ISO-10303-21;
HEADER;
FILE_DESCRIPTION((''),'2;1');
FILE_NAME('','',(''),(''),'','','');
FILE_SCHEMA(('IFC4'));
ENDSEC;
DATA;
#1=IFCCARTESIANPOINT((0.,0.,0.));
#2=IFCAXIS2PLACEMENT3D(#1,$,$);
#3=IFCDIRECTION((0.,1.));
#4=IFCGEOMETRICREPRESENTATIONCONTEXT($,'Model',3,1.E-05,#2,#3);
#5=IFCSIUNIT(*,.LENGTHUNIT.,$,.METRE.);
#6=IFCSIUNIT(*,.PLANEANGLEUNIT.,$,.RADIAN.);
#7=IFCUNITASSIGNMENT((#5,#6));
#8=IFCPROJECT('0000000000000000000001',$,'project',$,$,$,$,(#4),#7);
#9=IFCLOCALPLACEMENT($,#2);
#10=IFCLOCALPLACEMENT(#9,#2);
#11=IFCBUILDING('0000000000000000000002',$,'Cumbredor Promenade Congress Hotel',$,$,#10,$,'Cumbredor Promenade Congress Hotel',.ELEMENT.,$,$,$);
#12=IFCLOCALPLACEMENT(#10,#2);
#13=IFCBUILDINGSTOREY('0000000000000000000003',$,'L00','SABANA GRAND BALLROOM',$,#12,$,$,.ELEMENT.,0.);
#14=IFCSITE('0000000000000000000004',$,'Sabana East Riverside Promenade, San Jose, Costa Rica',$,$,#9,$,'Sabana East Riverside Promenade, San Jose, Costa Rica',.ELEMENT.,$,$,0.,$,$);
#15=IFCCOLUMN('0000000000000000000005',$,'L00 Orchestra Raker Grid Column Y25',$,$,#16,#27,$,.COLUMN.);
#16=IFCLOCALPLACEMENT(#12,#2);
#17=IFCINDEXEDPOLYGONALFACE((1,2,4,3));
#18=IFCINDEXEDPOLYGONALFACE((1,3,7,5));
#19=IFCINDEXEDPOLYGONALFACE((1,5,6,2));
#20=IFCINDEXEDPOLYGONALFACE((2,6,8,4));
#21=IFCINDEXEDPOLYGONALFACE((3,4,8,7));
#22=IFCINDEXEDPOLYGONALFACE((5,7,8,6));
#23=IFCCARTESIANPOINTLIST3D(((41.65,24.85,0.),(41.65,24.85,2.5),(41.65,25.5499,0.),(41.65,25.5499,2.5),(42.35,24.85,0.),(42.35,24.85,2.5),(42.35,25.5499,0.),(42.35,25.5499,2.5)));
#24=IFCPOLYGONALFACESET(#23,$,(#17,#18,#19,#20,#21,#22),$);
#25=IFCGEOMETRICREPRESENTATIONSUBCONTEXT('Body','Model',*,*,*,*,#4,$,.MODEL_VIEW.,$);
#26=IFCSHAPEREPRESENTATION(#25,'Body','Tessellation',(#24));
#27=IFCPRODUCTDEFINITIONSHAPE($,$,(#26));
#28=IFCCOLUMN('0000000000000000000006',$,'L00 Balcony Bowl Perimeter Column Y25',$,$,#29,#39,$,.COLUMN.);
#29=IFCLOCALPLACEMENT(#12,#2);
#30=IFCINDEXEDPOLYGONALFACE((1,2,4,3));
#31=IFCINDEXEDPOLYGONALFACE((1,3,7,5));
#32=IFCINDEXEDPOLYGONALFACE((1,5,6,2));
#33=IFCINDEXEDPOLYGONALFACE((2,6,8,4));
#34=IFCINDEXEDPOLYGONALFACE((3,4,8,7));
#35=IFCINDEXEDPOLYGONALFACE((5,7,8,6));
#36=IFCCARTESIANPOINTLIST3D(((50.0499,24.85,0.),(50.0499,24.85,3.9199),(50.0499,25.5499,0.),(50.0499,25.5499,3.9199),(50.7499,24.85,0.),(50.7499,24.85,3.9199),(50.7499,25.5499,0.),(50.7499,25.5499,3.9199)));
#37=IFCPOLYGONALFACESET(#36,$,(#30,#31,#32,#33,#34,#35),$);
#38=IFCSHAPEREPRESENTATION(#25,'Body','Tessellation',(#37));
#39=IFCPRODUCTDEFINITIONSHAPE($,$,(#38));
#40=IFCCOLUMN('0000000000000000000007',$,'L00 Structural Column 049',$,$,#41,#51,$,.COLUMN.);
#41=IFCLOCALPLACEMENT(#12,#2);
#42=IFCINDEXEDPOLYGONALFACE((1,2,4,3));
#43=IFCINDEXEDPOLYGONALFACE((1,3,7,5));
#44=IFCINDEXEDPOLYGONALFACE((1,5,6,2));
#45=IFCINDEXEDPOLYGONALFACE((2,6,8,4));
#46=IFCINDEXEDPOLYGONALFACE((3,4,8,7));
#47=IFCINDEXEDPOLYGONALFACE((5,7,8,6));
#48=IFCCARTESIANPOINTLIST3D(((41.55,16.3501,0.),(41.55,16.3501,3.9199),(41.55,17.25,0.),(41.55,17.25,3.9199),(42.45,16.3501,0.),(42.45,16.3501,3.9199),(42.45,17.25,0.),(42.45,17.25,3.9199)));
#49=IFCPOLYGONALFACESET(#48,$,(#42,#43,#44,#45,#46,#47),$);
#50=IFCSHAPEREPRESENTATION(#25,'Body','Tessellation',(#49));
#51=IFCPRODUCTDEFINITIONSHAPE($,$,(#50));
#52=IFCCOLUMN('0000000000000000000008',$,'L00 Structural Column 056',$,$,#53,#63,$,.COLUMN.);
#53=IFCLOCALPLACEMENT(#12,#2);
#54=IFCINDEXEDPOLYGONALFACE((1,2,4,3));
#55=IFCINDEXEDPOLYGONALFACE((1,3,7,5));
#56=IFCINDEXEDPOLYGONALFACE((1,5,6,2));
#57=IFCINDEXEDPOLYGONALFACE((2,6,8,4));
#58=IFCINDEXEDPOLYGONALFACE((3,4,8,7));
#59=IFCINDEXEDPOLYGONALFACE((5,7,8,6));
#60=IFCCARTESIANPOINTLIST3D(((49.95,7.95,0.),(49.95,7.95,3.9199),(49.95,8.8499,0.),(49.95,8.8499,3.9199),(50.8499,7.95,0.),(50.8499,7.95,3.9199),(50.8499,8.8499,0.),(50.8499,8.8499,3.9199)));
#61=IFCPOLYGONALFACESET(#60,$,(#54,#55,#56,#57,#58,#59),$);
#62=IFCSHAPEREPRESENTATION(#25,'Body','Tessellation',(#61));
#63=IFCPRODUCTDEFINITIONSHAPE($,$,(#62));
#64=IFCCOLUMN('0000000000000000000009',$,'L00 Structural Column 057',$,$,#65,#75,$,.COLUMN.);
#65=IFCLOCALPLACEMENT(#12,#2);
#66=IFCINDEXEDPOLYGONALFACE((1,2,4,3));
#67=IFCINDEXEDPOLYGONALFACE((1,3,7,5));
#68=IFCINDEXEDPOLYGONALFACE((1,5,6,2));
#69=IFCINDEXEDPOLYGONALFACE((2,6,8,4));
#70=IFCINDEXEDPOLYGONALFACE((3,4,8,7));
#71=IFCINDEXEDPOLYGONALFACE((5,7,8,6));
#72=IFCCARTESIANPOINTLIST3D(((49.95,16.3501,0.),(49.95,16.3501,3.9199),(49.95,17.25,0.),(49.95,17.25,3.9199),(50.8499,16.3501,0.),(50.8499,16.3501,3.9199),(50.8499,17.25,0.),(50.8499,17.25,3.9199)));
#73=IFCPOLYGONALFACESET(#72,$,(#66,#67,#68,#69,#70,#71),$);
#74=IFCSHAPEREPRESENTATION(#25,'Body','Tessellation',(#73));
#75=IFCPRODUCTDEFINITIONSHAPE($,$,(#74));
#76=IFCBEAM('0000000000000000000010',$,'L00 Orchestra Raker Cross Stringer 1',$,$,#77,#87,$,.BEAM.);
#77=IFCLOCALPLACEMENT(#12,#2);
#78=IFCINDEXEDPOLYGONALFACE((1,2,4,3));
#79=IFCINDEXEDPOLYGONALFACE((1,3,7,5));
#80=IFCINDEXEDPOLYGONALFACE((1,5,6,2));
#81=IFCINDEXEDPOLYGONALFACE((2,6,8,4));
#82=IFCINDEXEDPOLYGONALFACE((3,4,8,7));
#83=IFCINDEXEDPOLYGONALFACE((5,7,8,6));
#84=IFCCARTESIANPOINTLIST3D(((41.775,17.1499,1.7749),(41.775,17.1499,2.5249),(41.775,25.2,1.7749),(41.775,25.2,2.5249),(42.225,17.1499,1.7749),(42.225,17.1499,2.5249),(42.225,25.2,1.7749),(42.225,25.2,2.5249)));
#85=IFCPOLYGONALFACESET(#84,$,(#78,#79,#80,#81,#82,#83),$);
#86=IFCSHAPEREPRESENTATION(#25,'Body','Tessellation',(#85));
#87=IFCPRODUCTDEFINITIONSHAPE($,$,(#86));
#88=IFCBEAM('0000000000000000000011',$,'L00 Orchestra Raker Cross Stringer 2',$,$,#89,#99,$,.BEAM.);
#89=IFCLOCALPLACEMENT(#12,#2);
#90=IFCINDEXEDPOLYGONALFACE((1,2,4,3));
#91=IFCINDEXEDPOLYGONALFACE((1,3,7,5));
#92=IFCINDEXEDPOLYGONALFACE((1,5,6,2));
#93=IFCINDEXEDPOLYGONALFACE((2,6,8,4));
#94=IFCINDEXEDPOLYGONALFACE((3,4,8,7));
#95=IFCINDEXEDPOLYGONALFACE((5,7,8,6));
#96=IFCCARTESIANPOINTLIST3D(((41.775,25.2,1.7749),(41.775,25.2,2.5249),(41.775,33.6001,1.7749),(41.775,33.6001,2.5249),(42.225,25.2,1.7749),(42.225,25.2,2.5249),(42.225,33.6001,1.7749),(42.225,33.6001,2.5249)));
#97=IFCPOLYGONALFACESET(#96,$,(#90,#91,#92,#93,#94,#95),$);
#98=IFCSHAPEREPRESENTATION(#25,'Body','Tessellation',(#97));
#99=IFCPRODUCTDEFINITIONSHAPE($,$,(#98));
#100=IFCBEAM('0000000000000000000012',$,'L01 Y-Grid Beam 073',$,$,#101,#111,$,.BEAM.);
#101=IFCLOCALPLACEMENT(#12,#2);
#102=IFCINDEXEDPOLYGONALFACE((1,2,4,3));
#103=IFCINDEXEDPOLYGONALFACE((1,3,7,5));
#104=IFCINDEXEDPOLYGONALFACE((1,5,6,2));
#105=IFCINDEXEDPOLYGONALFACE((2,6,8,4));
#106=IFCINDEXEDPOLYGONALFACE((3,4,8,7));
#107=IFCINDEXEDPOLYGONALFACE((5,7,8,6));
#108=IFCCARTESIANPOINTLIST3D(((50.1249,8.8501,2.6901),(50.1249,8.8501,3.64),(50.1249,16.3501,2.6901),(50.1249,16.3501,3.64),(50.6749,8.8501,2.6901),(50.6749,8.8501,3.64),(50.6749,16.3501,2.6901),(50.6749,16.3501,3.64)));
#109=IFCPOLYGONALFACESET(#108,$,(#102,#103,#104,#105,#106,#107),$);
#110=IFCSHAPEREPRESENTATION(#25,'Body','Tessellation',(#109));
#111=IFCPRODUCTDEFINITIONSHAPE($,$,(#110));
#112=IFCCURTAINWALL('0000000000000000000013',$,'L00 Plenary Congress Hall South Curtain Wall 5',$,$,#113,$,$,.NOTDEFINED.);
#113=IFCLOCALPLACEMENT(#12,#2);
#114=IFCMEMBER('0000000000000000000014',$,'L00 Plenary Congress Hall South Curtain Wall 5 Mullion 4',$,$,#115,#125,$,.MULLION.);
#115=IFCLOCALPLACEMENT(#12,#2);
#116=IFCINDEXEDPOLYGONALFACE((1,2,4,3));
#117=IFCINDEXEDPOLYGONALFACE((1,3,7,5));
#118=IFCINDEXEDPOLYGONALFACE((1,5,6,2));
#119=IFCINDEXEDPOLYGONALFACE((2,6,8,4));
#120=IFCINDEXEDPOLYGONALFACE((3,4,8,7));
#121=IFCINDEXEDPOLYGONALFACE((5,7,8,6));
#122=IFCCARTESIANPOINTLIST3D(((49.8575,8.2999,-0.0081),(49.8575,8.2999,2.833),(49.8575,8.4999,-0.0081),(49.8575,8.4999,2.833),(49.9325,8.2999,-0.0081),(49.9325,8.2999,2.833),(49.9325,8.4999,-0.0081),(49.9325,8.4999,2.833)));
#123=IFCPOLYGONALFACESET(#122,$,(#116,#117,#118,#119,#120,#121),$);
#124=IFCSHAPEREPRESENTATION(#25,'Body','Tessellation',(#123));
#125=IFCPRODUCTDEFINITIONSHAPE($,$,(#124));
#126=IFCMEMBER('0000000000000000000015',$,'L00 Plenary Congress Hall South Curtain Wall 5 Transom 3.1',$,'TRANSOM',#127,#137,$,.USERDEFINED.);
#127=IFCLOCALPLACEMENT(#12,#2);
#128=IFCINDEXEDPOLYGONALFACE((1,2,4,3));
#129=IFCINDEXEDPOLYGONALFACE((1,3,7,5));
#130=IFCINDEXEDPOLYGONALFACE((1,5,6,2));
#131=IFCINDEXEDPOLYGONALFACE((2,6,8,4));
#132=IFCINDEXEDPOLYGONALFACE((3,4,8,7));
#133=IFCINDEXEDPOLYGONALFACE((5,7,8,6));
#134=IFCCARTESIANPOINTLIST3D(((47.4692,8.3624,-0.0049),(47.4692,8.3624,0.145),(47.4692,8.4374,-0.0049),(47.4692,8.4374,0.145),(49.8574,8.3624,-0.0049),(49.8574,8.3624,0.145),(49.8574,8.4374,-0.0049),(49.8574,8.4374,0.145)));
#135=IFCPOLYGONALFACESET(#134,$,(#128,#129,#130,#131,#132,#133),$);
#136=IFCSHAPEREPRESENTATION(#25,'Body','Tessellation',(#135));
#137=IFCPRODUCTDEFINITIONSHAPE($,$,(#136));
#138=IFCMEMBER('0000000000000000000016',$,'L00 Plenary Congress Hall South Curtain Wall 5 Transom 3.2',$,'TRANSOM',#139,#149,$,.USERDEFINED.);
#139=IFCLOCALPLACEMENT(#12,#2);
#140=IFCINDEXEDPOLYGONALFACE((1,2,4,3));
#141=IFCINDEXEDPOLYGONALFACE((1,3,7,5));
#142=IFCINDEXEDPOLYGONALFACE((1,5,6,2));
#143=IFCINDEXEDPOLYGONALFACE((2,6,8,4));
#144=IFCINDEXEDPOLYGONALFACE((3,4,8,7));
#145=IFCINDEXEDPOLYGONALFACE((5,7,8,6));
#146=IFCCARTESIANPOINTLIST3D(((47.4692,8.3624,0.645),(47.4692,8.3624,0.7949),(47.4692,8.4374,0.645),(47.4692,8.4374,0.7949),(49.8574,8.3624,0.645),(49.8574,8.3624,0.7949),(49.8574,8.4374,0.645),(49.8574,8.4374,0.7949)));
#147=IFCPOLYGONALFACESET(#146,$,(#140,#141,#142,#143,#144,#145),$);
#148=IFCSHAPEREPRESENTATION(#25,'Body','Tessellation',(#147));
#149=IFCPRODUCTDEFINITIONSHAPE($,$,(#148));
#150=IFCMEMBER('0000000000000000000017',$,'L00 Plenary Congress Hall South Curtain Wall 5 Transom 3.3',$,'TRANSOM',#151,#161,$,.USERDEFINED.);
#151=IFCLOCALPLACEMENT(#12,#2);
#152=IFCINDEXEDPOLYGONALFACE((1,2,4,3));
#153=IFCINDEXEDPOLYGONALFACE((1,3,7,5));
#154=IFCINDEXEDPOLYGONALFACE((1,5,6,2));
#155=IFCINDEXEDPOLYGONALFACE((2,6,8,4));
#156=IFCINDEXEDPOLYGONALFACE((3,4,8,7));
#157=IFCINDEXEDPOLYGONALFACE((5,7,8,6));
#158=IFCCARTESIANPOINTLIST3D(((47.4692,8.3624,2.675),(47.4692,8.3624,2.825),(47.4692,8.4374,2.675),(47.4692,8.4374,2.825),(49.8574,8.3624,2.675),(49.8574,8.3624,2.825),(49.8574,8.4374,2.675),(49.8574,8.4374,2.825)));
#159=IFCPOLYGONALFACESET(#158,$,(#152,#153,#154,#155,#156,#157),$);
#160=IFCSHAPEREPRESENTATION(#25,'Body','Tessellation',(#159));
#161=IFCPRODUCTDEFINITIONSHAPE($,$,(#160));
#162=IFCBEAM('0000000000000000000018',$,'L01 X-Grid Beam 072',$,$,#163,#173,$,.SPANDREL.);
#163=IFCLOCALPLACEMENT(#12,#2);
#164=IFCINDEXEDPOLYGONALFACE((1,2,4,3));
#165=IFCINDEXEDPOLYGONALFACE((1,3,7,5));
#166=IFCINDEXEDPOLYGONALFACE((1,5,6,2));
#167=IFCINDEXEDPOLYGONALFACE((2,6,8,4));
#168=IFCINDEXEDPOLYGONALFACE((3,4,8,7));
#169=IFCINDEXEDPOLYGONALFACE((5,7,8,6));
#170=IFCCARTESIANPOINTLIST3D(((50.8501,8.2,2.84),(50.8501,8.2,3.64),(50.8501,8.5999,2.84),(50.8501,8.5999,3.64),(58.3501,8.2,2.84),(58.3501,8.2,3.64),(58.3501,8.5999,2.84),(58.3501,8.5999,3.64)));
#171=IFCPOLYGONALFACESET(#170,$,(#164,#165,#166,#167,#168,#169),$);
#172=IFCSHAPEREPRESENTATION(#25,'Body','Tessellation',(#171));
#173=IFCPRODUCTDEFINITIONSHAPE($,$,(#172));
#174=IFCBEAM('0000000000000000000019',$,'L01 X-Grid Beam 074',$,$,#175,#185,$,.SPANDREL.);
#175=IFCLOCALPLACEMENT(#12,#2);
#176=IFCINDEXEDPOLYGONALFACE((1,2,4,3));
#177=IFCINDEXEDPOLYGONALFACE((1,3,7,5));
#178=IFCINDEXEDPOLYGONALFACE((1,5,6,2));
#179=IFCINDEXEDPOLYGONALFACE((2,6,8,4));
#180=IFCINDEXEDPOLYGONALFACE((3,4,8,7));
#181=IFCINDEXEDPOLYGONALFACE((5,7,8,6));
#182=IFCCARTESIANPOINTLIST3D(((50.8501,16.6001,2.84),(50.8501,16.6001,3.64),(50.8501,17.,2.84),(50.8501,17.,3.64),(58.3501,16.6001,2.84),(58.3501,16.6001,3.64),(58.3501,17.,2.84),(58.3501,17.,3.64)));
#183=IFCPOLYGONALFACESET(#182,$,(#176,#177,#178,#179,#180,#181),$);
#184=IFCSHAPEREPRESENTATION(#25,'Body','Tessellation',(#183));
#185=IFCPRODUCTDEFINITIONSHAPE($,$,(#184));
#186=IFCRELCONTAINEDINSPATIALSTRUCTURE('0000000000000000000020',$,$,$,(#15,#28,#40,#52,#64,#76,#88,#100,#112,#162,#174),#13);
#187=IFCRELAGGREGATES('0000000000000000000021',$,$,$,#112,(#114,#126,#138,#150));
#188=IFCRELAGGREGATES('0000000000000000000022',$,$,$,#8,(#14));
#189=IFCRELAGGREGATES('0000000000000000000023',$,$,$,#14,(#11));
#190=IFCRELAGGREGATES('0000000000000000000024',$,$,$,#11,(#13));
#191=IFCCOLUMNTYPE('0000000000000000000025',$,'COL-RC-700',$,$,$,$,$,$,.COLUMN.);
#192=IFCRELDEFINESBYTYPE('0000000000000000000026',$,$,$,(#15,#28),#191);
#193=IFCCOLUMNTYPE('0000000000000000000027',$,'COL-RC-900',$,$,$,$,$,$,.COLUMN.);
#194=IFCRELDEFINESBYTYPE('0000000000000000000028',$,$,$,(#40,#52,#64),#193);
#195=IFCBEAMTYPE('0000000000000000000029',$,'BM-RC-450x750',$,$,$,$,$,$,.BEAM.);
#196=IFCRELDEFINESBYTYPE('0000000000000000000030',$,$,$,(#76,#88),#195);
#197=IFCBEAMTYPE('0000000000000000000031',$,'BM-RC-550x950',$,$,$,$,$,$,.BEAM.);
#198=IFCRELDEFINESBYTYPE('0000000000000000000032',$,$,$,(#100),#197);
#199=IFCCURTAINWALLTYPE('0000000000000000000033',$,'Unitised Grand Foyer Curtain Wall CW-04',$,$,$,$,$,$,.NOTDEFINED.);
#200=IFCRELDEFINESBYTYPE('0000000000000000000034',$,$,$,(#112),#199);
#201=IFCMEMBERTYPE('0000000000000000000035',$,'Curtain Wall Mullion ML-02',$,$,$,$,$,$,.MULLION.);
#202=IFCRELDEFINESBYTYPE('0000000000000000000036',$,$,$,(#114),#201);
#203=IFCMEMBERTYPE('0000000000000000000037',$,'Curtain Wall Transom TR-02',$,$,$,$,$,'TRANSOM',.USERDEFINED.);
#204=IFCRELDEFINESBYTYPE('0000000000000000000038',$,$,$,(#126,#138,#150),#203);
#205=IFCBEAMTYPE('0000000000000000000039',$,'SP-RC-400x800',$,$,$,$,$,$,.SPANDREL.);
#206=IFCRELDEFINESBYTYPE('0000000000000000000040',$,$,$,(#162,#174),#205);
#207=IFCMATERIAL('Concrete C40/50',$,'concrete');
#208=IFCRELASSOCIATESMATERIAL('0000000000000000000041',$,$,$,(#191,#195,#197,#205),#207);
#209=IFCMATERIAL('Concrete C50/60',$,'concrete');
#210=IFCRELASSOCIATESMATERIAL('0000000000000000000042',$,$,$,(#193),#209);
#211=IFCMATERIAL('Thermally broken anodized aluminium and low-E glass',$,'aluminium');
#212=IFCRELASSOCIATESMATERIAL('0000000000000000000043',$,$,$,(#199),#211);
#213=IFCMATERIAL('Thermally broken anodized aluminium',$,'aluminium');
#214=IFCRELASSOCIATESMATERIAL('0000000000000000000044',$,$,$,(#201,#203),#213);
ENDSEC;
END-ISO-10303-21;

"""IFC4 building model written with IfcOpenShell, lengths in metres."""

from ifc_helpers import new_model, si_unit, direction, frame, origin, origin_2d, place, context, subcontext, project, spatial, rectangle, extrude, material, material_profile, profile_set, type_object, element, aggregate, save


model = new_model("IFC4")

# Units and contexts
model_context = context("Model", 3, precision=1e-05, world=origin(), true_north=direction((0.0, 1.0)))
body_context = subcontext(model_context, "Body", "Model", "MODEL_VIEW")
ifc_project = project(units=[si_unit("LENGTHUNIT", "METRE"), si_unit("PLANEANGLEUNIT", "RADIAN")], contexts=[model_context])

# Site, building, storey
site_placement = place(None, origin())
site = spatial("IfcSite", under=ifc_project, at=site_placement, Name="Sabana East Riverside Promenade, San Jose, Costa Rica", LongName="Sabana East Riverside Promenade, San Jose, Costa Rica", CompositionType="ELEMENT", RefElevation=0.0)
building_placement = place(site_placement, origin())
building = spatial("IfcBuilding", under=site, at=building_placement, Name="Cumbredor Promenade Congress Hotel", LongName="Cumbredor Promenade Congress Hotel", CompositionType="ELEMENT")
storey_placement = place(building_placement, origin())
storey = spatial("IfcBuildingStorey", under=building, at=storey_placement, Name="L00", Description="SABANA GRAND BALLROOM", CompositionType="ELEMENT", Elevation=0.0)

# Columns
ifc_material_1 = material(Name="Concrete C40/50", Category="concrete")
ifc_material_profile_1 = material_profile(ifc_material_1, rectangle(XDim=0.7, YDim=0.7, at=origin_2d()), Name="RC 700x700")
ifc_profile_set_1 = profile_set([ifc_material_profile_1], Name="Concrete C40/50")
column_type_1 = type_object("IfcColumnType", Name="COL-RC-700", PredefinedType="COLUMN", material=ifc_profile_set_1)
column_1_placement = place(storey_placement, frame((42.0, 25.2, 0.0), z_axis=(0.0, 0.0, 1.0), x_axis=(1.0, 0.0, 0.0)))
element("IfcColumn", 1, at=column_1_placement, inside=storey, type_object=column_type_1, Name="L00 Orchestra Raker Grid Column Y25", PredefinedType="COLUMN", context=body_context, shape_type="SweptSolid", body=[
    extrude(rectangle(XDim=0.7, YDim=0.7, at=origin_2d()), origin(), (0.0, 0.0, 1.0), 2.5),
])
column_2_placement = place(storey_placement, frame((50.3999, 25.2, 0.0), z_axis=(0.0, 0.0, 1.0), x_axis=(1.0, 0.0, 0.0)))
element("IfcColumn", 2, at=column_2_placement, inside=storey, type_object=column_type_1, Name="L00 Balcony Bowl Perimeter Column Y25", PredefinedType="COLUMN", context=body_context, shape_type="SweptSolid", body=[
    extrude(rectangle(XDim=0.7, YDim=0.7, at=origin_2d()), origin(), (0.0, 0.0, 1.0), 3.9199),
])
ifc_material_2 = material(Name="Concrete C50/60", Category="concrete")
ifc_material_profile_2 = material_profile(ifc_material_2, rectangle(XDim=0.8999, YDim=0.8999, at=origin_2d()), Name="RC 900x900")
ifc_profile_set_2 = profile_set([ifc_material_profile_2], Name="Concrete C50/60")
column_type_2 = type_object("IfcColumnType", Name="COL-RC-900", PredefinedType="COLUMN", material=ifc_profile_set_2)
for number, where, z_axis, x_axis, name in (
    (3, (42.0, 16.8, 0.0), (0.0, 0.0, 1.0), (1.0, 0.0, 0.0), "L00 Structural Column 049"),
    (4, (50.3999, 8.3999, 0.0), (0.0, 0.0, 1.0), (1.0, 0.0, 0.0), "L00 Structural Column 056"),
    (5, (50.3999, 16.8, 0.0), (0.0, 0.0, 1.0), (1.0, 0.0, 0.0), "L00 Structural Column 057"),
):
    element("IfcColumn", number, at=place(storey_placement, frame(where, z_axis=z_axis, x_axis=x_axis)), inside=storey, type_object=column_type_2, Name=name, PredefinedType="COLUMN", context=body_context, shape_type="SweptSolid", body=[
        extrude(rectangle(XDim=0.8999, YDim=0.8999, at=origin_2d()), origin(), (0.0, 0.0, 1.0), 3.9199),
    ])

# Beams
ifc_material_profile_3 = material_profile(ifc_material_1, rectangle(XDim=0.45, YDim=0.75, at=origin_2d()), Name="RC BEAM 450x750")
ifc_profile_set_3 = profile_set([ifc_material_profile_3], Name="Concrete C40/50")
beam_type_1 = type_object("IfcBeamType", Name="BM-RC-450x750", PredefinedType="BEAM", material=ifc_profile_set_3)
beam_1_placement = place(storey_placement, frame((42.0, 17.1499, 2.1499), z_axis=(0.0, 1.0, 0.0), x_axis=(-1.0, 0.0, 0.0)))
element("IfcBeam", 6, at=beam_1_placement, inside=storey, type_object=beam_type_1, Name="L00 Orchestra Raker Cross Stringer 1", PredefinedType="BEAM", context=body_context, shape_type="SweptSolid", body=[
    extrude(rectangle(XDim=0.45, YDim=0.75, at=origin_2d()), origin(), (0.0, 0.0, 1.0), 8.05),
])
beam_2_placement = place(storey_placement, frame((42.0, 25.2, 2.1499), z_axis=(0.0, 1.0, 0.0), x_axis=(-1.0, 0.0, 0.0)))
element("IfcBeam", 7, at=beam_2_placement, inside=storey, type_object=beam_type_1, Name="L00 Orchestra Raker Cross Stringer 2", PredefinedType="BEAM", context=body_context, shape_type="SweptSolid", body=[
    extrude(rectangle(XDim=0.45, YDim=0.75, at=origin_2d()), origin(), (0.0, 0.0, 1.0), 8.4001),
])
ifc_material_profile_4 = material_profile(ifc_material_1, rectangle(XDim=0.55, YDim=0.95, at=origin_2d()), Name="RC BEAM 550x950")
ifc_profile_set_4 = profile_set([ifc_material_profile_4], Name="Concrete C40/50")
beam_type_2 = type_object("IfcBeamType", Name="BM-RC-550x950", PredefinedType="BEAM", material=ifc_profile_set_4)
beam_3_placement = place(storey_placement, frame((50.3999, 8.8501, 3.165), z_axis=(0.0, 1.0, 0.0), x_axis=(-1.0, 0.0, 0.0)))
element("IfcBeam", 8, at=beam_3_placement, inside=storey, type_object=beam_type_2, Name="L01 Y-Grid Beam 073", PredefinedType="BEAM", context=body_context, shape_type="SweptSolid", body=[
    extrude(rectangle(XDim=0.55, YDim=0.95, at=origin_2d()), origin(), (0.0, 0.0, 1.0), 7.5),
])

# Curtain wall, members
ifc_material_3 = material(Name="Thermally broken anodized aluminium and low-E glass", Category="aluminium")
curtain_wall_type = type_object("IfcCurtainWallType", Name="Unitised Grand Foyer Curtain Wall CW-04", PredefinedType="NOTDEFINED", material=ifc_material_3)
curtain_wall_placement = place(storey_placement, origin())
curtain_wall = element("IfcCurtainWall", 9, at=curtain_wall_placement, inside=storey, type_object=curtain_wall_type, Name="L00 Plenary Congress Hall South Curtain Wall 5", PredefinedType="NOTDEFINED")
ifc_material_4 = material(Name="Thermally broken anodized aluminium", Category="aluminium")
ifc_material_profile_5 = material_profile(ifc_material_4, rectangle(XDim=0.075, YDim=0.2, at=origin_2d()), Name="ALU MULLION 75x200")
ifc_profile_set_5 = profile_set([ifc_material_profile_5], Name="Thermally broken anodized aluminium")
member_type_1 = type_object("IfcMemberType", Name="Curtain Wall Mullion ML-02", PredefinedType="MULLION", material=ifc_profile_set_5)
member_1_placement = place(storey_placement, frame((49.895, 8.3999, -0.0081), z_axis=(0.0, 0.0, 1.0), x_axis=(1.0, 0.0, 0.0)))
member_1 = element("IfcMember", 10, at=member_1_placement, type_object=member_type_1, Name="L00 Plenary Congress Hall South Curtain Wall 5 Mullion 4", PredefinedType="MULLION", context=body_context, shape_type="SweptSolid", body=[
    extrude(rectangle(XDim=0.075, YDim=0.2, at=origin_2d()), origin(), (0.0, 0.0, 1.0), 2.8411),
])
ifc_material_profile_6 = material_profile(ifc_material_4, rectangle(XDim=0.075, YDim=0.1499, at=origin_2d()), Name="ALU TRANSOM 75x150")
ifc_profile_set_6 = profile_set([ifc_material_profile_6], Name="Thermally broken anodized aluminium")
member_type_2 = type_object("IfcMemberType", Name="Curtain Wall Transom TR-02", ElementType="TRANSOM", PredefinedType="USERDEFINED", material=ifc_profile_set_6)
member_2_placement = place(storey_placement, frame((47.4692, 8.3999, 0.0701), z_axis=(1.0, 0.0, 0.0), x_axis=(0.0, 1.0, 0.0)))
member_2 = element("IfcMember", 11, at=member_2_placement, type_object=member_type_2, Name="L00 Plenary Congress Hall South Curtain Wall 5 Transom 3.1", ObjectType="TRANSOM", PredefinedType="USERDEFINED", context=body_context, shape_type="SweptSolid", body=[
    extrude(rectangle(XDim=0.075, YDim=0.1499, at=origin_2d()), origin(), (0.0, 0.0, 1.0), 2.3882),
])
member_3_placement = place(storey_placement, frame((47.4692, 8.3999, 0.72), z_axis=(1.0, 0.0, 0.0), x_axis=(0.0, 1.0, 0.0)))
member_3 = element("IfcMember", 12, at=member_3_placement, type_object=member_type_2, Name="L00 Plenary Congress Hall South Curtain Wall 5 Transom 3.2", ObjectType="TRANSOM", PredefinedType="USERDEFINED", context=body_context, shape_type="SweptSolid", body=[
    extrude(rectangle(XDim=0.075, YDim=0.1499, at=origin_2d()), origin(), (0.0, 0.0, 1.0), 2.3882),
])
member_4_placement = place(storey_placement, frame((47.4692, 8.3999, 2.75), z_axis=(1.0, 0.0, 0.0), x_axis=(0.0, 1.0, 0.0)))
member_4 = element("IfcMember", 13, at=member_4_placement, type_object=member_type_2, Name="L00 Plenary Congress Hall South Curtain Wall 5 Transom 3.3", ObjectType="TRANSOM", PredefinedType="USERDEFINED", context=body_context, shape_type="SweptSolid", body=[
    extrude(rectangle(XDim=0.075, YDim=0.1499, at=origin_2d()), origin(), (0.0, 0.0, 1.0), 2.3882),
])

# Beams
ifc_material_profile_7 = material_profile(ifc_material_1, rectangle(XDim=0.3999, YDim=0.8, at=origin_2d()), Name="RC SPANDREL 400x800")
ifc_profile_set_7 = profile_set([ifc_material_profile_7], Name="Concrete C40/50")
beam_type_3 = type_object("IfcBeamType", Name="SP-RC-400x800", PredefinedType="SPANDREL", material=ifc_profile_set_7)
for number, where, z_axis, x_axis, name in (
    (14, (50.8501, 8.3999, 3.24), (1.0, 0.0, 0.0), (0.0, 1.0, 0.0), "L01 X-Grid Beam 072"),
    (15, (50.8501, 16.8, 3.24), (1.0, 0.0, 0.0), (0.0, 1.0, 0.0), "L01 X-Grid Beam 074"),
):
    element("IfcBeam", number, at=place(storey_placement, frame(where, z_axis=z_axis, x_axis=x_axis)), inside=storey, type_object=beam_type_3, Name=name, PredefinedType="SPANDREL", context=body_context, shape_type="SweptSolid", body=[
        extrude(rectangle(XDim=0.3999, YDim=0.8, at=origin_2d()), origin(), (0.0, 0.0, 1.0), 7.5),
    ])

aggregate(curtain_wall, [member_1, member_2, member_3, member_4])

save(model, "model.ifc")
